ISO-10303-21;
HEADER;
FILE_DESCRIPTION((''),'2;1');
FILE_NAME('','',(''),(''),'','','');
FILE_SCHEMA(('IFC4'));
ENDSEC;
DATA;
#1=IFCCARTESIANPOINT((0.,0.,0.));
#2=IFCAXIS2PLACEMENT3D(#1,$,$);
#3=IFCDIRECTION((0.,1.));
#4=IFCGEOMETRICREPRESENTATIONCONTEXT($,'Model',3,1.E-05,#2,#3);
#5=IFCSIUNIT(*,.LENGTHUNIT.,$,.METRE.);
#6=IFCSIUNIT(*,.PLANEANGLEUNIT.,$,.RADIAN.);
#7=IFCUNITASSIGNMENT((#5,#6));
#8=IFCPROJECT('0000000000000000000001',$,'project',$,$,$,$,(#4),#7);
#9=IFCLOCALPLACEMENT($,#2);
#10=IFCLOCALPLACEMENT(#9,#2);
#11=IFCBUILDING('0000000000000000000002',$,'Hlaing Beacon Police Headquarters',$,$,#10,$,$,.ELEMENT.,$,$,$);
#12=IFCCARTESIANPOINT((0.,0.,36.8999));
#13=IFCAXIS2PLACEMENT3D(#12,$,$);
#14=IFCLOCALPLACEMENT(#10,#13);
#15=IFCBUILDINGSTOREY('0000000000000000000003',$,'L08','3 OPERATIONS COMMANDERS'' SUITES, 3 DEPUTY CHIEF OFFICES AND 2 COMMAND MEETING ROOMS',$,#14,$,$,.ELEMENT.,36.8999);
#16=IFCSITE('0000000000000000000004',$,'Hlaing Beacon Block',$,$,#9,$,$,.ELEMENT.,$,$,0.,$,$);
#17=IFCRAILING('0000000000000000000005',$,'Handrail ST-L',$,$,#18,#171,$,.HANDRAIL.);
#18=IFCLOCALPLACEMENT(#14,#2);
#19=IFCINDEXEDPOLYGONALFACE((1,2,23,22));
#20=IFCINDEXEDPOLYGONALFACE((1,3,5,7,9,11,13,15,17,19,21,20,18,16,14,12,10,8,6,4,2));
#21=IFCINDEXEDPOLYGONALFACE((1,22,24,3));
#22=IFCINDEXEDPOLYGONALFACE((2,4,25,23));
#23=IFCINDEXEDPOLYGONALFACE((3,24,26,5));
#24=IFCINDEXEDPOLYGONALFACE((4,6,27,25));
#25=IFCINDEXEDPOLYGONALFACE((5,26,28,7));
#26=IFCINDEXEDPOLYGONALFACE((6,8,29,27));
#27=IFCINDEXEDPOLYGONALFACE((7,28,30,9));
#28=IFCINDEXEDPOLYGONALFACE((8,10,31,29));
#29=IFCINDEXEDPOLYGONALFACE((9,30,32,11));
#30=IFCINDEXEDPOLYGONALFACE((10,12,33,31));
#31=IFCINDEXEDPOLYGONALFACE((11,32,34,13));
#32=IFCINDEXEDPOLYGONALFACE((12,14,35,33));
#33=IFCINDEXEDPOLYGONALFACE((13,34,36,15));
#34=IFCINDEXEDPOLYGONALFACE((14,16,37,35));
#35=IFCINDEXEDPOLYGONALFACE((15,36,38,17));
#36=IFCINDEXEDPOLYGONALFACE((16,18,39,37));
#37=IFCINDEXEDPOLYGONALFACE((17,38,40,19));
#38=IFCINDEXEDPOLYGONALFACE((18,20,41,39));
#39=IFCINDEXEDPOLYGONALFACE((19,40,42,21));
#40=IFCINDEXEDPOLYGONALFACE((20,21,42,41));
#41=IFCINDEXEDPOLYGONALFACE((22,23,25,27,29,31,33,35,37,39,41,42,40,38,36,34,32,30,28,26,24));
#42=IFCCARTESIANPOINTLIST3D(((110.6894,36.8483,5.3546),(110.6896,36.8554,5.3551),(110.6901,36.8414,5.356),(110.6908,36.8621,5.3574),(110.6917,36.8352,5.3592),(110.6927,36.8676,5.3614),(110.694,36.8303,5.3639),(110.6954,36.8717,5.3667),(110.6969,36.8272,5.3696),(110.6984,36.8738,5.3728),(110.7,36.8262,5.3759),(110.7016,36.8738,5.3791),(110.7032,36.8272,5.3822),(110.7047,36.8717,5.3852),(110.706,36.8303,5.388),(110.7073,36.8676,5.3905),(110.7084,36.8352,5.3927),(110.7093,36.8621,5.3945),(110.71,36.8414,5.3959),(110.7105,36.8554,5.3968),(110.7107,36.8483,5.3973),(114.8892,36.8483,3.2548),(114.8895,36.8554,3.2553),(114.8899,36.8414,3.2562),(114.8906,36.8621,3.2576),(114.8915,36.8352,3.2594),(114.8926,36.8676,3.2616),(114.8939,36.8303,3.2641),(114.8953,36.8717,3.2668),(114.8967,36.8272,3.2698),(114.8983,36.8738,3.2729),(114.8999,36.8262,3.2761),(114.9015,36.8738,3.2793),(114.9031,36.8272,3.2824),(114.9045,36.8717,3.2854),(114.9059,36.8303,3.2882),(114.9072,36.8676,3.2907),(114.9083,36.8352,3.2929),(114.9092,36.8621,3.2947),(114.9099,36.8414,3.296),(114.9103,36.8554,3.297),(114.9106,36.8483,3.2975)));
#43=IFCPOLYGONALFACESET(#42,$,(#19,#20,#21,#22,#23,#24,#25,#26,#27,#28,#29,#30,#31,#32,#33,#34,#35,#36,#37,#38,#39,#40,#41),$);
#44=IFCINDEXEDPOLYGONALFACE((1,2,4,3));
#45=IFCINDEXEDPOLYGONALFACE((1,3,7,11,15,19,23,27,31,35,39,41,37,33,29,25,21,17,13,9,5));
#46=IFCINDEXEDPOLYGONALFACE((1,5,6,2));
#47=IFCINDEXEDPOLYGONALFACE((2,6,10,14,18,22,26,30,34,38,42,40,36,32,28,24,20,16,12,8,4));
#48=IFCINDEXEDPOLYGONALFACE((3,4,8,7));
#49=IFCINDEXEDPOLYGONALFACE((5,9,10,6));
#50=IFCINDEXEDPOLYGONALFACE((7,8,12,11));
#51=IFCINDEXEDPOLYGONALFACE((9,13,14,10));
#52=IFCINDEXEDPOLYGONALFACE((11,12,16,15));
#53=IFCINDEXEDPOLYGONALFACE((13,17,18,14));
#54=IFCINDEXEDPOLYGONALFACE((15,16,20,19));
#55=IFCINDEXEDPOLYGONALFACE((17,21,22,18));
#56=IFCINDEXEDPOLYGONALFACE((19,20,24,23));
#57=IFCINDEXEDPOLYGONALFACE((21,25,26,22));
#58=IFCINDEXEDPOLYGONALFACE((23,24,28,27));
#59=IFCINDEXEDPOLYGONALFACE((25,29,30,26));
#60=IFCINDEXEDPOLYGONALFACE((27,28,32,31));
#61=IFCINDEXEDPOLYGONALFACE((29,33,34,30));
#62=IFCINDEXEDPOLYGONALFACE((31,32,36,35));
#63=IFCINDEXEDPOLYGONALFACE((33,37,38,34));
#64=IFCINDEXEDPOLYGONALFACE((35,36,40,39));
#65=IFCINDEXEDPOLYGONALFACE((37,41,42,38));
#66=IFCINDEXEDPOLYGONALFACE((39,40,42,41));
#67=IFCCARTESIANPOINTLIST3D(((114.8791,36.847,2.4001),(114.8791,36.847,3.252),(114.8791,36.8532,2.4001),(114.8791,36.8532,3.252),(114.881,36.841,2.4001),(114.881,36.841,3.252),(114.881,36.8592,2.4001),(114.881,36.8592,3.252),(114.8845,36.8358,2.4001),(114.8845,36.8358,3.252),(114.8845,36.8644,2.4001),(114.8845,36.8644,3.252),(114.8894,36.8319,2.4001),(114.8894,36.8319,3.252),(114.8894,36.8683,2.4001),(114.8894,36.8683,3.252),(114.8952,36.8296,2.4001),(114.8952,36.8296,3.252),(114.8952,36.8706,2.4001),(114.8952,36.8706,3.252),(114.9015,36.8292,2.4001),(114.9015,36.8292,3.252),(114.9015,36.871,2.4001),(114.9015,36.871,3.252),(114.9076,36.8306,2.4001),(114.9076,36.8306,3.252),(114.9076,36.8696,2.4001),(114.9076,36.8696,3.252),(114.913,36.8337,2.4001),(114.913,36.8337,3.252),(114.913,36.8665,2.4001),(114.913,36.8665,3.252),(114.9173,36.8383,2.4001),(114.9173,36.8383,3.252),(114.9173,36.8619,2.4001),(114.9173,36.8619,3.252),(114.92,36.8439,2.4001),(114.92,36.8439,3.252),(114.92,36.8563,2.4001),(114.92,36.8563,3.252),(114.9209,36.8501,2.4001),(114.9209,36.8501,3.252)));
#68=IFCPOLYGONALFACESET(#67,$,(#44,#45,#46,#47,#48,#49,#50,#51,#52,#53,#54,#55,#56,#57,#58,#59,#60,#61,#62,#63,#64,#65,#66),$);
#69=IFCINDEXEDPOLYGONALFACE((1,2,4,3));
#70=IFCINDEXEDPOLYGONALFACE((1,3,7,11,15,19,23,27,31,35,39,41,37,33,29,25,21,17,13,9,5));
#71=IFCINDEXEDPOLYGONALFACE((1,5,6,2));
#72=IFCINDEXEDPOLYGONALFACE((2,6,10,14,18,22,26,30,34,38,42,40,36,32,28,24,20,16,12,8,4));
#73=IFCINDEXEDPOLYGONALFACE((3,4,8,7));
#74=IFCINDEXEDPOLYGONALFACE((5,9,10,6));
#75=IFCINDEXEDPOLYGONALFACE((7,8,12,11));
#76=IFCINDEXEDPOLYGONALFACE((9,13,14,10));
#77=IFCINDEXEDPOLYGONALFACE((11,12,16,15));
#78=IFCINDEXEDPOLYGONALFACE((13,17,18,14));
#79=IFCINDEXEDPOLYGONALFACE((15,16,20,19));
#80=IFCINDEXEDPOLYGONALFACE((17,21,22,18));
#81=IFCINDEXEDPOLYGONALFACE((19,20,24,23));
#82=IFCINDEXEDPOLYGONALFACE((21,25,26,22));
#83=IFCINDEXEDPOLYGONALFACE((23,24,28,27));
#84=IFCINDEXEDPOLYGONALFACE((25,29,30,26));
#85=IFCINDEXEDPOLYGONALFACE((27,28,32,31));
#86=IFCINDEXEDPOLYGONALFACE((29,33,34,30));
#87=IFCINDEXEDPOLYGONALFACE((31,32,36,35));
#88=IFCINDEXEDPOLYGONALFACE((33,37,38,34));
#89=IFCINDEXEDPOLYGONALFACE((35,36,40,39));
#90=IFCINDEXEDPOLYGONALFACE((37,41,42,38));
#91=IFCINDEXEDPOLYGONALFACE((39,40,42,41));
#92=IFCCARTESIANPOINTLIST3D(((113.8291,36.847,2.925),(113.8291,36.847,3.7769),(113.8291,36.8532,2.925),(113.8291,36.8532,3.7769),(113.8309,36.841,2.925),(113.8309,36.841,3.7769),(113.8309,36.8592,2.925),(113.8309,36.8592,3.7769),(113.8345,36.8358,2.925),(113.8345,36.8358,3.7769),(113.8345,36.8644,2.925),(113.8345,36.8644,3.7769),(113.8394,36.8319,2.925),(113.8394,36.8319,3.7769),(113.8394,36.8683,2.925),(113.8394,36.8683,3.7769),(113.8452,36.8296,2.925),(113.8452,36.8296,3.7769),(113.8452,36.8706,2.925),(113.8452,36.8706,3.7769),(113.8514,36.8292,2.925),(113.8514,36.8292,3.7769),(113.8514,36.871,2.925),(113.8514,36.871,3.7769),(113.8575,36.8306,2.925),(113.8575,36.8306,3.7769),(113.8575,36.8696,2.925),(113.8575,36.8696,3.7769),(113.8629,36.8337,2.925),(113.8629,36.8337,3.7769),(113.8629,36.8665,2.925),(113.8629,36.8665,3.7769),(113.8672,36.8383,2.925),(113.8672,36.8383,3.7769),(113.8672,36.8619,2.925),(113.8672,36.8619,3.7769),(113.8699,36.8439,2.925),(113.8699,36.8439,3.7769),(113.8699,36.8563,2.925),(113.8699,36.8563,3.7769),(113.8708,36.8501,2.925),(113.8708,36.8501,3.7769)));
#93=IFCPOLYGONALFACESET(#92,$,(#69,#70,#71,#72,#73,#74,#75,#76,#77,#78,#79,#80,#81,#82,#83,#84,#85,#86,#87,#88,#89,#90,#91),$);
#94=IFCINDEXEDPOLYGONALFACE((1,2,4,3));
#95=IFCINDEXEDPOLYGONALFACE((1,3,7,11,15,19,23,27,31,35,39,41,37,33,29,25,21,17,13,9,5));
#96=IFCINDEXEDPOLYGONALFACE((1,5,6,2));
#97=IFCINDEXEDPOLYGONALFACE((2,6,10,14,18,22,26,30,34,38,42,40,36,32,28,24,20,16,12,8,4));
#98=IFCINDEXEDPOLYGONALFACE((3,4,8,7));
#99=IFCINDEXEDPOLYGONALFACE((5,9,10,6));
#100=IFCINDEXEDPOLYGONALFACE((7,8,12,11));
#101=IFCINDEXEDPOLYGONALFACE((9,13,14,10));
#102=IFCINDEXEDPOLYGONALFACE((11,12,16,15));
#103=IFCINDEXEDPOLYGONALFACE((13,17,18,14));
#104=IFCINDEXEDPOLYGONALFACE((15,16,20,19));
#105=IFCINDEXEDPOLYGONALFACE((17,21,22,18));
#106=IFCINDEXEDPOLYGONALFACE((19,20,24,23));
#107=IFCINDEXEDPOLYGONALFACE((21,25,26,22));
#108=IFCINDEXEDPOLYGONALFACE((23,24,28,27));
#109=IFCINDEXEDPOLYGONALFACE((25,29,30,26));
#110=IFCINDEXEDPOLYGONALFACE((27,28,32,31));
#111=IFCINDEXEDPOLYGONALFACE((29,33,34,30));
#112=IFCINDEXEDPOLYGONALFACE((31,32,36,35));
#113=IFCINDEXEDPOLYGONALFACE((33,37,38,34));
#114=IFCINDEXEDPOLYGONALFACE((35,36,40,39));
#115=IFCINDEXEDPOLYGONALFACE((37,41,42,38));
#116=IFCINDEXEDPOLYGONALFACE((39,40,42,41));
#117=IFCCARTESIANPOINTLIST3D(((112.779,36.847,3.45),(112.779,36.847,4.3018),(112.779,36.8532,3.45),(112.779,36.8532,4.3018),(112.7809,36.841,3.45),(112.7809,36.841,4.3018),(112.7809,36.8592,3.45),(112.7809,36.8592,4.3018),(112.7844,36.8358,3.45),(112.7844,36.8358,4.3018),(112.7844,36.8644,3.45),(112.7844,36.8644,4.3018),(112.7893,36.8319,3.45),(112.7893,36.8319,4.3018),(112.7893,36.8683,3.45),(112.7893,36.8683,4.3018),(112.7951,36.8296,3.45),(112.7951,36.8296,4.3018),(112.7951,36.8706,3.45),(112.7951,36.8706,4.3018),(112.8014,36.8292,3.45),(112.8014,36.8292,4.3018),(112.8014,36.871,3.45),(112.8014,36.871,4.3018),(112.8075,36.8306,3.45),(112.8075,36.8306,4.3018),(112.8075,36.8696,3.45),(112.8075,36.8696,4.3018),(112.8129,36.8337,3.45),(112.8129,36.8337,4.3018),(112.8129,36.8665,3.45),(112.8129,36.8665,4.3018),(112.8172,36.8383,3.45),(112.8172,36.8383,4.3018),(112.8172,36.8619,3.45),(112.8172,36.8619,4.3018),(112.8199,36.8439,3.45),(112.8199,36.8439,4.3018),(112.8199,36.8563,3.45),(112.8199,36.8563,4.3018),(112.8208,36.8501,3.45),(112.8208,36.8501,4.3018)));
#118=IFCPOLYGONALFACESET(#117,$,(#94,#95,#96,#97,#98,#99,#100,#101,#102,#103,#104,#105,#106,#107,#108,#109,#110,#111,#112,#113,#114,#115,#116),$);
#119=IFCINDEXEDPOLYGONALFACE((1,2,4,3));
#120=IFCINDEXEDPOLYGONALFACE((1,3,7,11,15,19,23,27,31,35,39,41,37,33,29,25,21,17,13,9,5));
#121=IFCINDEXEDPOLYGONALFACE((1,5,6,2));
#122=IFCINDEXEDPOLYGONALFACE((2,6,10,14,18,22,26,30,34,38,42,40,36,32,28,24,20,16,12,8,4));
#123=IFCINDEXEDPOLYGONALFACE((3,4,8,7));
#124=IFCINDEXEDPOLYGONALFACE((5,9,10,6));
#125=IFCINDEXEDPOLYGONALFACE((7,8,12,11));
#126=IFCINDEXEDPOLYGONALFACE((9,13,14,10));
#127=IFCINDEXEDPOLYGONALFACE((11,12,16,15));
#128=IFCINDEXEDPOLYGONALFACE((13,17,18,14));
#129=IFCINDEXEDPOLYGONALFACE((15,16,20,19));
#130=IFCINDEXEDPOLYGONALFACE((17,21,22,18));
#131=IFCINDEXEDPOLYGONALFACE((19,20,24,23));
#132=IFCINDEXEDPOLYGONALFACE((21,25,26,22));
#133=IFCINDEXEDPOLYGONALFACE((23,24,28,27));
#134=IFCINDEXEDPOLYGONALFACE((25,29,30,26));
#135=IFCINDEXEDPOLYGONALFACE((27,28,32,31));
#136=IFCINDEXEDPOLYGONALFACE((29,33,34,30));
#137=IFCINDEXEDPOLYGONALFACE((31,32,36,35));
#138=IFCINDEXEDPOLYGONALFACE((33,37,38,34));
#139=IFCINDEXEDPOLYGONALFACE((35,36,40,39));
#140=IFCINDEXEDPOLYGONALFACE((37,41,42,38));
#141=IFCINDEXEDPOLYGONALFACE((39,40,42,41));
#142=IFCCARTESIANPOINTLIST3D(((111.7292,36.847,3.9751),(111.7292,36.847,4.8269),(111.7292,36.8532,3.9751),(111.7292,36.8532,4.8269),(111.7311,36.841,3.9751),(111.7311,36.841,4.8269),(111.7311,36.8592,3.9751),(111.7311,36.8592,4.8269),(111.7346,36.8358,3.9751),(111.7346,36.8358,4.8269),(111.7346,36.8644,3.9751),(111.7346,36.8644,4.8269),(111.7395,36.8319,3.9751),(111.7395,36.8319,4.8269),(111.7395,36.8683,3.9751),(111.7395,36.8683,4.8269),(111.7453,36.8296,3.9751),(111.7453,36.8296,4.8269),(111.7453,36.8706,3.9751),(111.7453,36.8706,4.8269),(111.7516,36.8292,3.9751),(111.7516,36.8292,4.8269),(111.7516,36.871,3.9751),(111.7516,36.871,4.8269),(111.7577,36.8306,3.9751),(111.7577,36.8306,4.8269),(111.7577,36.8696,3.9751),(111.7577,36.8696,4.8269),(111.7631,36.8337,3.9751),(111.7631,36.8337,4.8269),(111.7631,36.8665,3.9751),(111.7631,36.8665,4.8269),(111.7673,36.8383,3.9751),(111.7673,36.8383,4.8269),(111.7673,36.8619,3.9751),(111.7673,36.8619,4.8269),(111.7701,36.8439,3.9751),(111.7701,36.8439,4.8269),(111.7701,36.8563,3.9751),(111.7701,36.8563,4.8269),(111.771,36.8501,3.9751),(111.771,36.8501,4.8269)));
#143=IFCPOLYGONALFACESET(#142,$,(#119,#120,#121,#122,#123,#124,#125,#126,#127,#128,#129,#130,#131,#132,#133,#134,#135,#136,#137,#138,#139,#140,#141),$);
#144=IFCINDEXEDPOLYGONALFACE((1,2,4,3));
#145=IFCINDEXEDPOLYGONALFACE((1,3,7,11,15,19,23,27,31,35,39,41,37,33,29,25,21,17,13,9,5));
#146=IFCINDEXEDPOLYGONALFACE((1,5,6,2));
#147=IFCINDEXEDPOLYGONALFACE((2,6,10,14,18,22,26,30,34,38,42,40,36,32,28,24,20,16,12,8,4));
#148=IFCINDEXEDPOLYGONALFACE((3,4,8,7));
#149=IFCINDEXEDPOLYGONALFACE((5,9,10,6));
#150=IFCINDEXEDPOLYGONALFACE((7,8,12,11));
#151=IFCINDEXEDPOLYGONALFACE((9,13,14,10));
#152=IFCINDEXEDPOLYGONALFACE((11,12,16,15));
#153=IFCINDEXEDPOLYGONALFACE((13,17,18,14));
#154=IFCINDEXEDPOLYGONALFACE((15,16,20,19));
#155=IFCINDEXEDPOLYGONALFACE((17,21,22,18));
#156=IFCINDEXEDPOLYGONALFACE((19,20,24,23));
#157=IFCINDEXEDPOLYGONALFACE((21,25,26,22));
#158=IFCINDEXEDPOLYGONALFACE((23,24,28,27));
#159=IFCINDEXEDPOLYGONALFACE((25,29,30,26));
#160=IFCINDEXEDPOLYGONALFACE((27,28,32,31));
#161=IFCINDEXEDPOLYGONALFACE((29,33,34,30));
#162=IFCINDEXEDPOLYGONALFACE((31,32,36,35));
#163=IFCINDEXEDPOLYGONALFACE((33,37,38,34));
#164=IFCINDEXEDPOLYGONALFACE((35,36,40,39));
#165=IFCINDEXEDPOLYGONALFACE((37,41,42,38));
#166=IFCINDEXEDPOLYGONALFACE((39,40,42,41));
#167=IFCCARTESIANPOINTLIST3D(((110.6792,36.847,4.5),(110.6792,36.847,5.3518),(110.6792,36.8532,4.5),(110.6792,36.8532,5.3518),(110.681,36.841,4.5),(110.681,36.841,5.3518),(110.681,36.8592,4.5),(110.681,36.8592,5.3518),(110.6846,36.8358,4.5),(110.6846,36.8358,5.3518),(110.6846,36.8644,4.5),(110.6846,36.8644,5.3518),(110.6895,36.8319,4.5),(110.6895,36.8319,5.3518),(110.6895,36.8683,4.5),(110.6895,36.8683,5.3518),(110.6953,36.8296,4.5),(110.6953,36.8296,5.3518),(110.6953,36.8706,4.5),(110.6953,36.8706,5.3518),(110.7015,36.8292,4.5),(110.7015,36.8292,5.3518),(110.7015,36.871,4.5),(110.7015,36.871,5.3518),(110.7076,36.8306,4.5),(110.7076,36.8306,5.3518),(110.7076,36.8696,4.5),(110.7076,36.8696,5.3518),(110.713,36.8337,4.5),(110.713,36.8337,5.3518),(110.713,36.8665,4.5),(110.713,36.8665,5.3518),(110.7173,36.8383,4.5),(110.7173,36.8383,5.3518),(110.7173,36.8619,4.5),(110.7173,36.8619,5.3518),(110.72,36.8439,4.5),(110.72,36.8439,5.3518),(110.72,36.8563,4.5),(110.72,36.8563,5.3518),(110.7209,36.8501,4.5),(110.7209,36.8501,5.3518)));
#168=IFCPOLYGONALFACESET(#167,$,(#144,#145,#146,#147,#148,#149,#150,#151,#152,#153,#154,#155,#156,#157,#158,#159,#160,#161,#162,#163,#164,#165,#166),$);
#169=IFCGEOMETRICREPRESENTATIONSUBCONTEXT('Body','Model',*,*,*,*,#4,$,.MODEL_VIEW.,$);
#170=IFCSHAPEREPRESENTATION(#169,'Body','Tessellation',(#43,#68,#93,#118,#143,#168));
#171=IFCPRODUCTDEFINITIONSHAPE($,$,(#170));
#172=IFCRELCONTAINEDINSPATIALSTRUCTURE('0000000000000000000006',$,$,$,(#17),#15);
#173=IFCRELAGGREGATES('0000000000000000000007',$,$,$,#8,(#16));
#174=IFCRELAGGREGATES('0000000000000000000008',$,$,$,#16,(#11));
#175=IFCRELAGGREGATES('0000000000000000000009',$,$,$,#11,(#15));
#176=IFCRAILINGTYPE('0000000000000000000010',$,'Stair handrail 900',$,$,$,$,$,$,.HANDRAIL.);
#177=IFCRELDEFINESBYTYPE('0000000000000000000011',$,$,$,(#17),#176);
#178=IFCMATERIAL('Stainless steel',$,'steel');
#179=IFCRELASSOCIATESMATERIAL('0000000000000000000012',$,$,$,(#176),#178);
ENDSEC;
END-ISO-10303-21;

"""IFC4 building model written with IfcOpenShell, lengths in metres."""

from ifc_helpers import new_model, si_unit, direction, frame, origin, origin_2d, place, context, subcontext, project, spatial, circle, extrude, material, type_object, element, save


model = new_model("IFC4")

# Units and contexts
model_context = context("Model", 3, precision=1e-05, world=origin(), true_north=direction((0.0, 1.0)))
body_context = subcontext(model_context, "Body", "Model", "MODEL_VIEW")
ifc_project = project(units=[si_unit("LENGTHUNIT", "METRE"), si_unit("PLANEANGLEUNIT", "RADIAN")], contexts=[model_context])

# Site, building, storey
site_placement = place(None, origin())
site = spatial("IfcSite", under=ifc_project, at=site_placement, Name="Hlaing Beacon Block", CompositionType="ELEMENT", RefElevation=0.0)
building_placement = place(site_placement, origin())
building = spatial("IfcBuilding", under=site, at=building_placement, Name="Hlaing Beacon Police Headquarters", CompositionType="ELEMENT")
storey_placement = place(building_placement, frame((0.0, 0.0, 36.8999)))
storey = spatial("IfcBuildingStorey", under=building, at=storey_placement, Name="L08", Description="3 OPERATIONS COMMANDERS' SUITES, 3 DEPUTY CHIEF OFFICES AND 2 COMMAND MEETING ROOMS", CompositionType="ELEMENT", Elevation=36.8999)

# Railing
ifc_material_1 = material(Name="Stainless steel", Category="steel")
railing_type_1 = type_object("IfcRailingType", Name="Stair handrail 900", PredefinedType="HANDRAIL", material=ifc_material_1)
for number, where, name in (
    (1, (114.8999, 36.8501, 2.4001), "Handrail ST-L"),
):
    element("IfcRailing", number, at=place(storey_placement, frame(where)), inside=storey, type_object=railing_type_1, Name=name, PredefinedType="HANDRAIL", context=body_context, shape_type="SweptSolid", body=[
        extrude(circle(Radius=0.0239, at=origin_2d()), frame((0.0, 0.0, 0.876), z_axis=(-0.894438, 0.0, 0.447193), x_axis=(0.0, -1.0, 0.0)), (0.0, 0.0, 1.0), 4.6956),
        extrude(circle(Radius=0.021, at=origin_2d()), origin(), (0.0, 0.0, 1.0), 0.8518),
        extrude(circle(Radius=0.021, at=origin_2d()), frame((-1.05, 0.0, 0.5249)), (0.0, 0.0, 1.0), 0.8518),
        extrude(circle(Radius=0.021, at=origin_2d()), frame((-2.1001, 0.0, 1.0498)), (0.0, 0.0, 1.0), 0.8518),
        extrude(circle(Radius=0.021, at=origin_2d()), frame((-3.1499, 0.0, 1.575)), (0.0, 0.0, 1.0), 0.8518),
        extrude(circle(Radius=0.021, at=origin_2d()), frame((-4.2, 0.0, 2.0999)), (0.0, 0.0, 1.0), 0.8518),
    ])

save(model, "model.ifc")
